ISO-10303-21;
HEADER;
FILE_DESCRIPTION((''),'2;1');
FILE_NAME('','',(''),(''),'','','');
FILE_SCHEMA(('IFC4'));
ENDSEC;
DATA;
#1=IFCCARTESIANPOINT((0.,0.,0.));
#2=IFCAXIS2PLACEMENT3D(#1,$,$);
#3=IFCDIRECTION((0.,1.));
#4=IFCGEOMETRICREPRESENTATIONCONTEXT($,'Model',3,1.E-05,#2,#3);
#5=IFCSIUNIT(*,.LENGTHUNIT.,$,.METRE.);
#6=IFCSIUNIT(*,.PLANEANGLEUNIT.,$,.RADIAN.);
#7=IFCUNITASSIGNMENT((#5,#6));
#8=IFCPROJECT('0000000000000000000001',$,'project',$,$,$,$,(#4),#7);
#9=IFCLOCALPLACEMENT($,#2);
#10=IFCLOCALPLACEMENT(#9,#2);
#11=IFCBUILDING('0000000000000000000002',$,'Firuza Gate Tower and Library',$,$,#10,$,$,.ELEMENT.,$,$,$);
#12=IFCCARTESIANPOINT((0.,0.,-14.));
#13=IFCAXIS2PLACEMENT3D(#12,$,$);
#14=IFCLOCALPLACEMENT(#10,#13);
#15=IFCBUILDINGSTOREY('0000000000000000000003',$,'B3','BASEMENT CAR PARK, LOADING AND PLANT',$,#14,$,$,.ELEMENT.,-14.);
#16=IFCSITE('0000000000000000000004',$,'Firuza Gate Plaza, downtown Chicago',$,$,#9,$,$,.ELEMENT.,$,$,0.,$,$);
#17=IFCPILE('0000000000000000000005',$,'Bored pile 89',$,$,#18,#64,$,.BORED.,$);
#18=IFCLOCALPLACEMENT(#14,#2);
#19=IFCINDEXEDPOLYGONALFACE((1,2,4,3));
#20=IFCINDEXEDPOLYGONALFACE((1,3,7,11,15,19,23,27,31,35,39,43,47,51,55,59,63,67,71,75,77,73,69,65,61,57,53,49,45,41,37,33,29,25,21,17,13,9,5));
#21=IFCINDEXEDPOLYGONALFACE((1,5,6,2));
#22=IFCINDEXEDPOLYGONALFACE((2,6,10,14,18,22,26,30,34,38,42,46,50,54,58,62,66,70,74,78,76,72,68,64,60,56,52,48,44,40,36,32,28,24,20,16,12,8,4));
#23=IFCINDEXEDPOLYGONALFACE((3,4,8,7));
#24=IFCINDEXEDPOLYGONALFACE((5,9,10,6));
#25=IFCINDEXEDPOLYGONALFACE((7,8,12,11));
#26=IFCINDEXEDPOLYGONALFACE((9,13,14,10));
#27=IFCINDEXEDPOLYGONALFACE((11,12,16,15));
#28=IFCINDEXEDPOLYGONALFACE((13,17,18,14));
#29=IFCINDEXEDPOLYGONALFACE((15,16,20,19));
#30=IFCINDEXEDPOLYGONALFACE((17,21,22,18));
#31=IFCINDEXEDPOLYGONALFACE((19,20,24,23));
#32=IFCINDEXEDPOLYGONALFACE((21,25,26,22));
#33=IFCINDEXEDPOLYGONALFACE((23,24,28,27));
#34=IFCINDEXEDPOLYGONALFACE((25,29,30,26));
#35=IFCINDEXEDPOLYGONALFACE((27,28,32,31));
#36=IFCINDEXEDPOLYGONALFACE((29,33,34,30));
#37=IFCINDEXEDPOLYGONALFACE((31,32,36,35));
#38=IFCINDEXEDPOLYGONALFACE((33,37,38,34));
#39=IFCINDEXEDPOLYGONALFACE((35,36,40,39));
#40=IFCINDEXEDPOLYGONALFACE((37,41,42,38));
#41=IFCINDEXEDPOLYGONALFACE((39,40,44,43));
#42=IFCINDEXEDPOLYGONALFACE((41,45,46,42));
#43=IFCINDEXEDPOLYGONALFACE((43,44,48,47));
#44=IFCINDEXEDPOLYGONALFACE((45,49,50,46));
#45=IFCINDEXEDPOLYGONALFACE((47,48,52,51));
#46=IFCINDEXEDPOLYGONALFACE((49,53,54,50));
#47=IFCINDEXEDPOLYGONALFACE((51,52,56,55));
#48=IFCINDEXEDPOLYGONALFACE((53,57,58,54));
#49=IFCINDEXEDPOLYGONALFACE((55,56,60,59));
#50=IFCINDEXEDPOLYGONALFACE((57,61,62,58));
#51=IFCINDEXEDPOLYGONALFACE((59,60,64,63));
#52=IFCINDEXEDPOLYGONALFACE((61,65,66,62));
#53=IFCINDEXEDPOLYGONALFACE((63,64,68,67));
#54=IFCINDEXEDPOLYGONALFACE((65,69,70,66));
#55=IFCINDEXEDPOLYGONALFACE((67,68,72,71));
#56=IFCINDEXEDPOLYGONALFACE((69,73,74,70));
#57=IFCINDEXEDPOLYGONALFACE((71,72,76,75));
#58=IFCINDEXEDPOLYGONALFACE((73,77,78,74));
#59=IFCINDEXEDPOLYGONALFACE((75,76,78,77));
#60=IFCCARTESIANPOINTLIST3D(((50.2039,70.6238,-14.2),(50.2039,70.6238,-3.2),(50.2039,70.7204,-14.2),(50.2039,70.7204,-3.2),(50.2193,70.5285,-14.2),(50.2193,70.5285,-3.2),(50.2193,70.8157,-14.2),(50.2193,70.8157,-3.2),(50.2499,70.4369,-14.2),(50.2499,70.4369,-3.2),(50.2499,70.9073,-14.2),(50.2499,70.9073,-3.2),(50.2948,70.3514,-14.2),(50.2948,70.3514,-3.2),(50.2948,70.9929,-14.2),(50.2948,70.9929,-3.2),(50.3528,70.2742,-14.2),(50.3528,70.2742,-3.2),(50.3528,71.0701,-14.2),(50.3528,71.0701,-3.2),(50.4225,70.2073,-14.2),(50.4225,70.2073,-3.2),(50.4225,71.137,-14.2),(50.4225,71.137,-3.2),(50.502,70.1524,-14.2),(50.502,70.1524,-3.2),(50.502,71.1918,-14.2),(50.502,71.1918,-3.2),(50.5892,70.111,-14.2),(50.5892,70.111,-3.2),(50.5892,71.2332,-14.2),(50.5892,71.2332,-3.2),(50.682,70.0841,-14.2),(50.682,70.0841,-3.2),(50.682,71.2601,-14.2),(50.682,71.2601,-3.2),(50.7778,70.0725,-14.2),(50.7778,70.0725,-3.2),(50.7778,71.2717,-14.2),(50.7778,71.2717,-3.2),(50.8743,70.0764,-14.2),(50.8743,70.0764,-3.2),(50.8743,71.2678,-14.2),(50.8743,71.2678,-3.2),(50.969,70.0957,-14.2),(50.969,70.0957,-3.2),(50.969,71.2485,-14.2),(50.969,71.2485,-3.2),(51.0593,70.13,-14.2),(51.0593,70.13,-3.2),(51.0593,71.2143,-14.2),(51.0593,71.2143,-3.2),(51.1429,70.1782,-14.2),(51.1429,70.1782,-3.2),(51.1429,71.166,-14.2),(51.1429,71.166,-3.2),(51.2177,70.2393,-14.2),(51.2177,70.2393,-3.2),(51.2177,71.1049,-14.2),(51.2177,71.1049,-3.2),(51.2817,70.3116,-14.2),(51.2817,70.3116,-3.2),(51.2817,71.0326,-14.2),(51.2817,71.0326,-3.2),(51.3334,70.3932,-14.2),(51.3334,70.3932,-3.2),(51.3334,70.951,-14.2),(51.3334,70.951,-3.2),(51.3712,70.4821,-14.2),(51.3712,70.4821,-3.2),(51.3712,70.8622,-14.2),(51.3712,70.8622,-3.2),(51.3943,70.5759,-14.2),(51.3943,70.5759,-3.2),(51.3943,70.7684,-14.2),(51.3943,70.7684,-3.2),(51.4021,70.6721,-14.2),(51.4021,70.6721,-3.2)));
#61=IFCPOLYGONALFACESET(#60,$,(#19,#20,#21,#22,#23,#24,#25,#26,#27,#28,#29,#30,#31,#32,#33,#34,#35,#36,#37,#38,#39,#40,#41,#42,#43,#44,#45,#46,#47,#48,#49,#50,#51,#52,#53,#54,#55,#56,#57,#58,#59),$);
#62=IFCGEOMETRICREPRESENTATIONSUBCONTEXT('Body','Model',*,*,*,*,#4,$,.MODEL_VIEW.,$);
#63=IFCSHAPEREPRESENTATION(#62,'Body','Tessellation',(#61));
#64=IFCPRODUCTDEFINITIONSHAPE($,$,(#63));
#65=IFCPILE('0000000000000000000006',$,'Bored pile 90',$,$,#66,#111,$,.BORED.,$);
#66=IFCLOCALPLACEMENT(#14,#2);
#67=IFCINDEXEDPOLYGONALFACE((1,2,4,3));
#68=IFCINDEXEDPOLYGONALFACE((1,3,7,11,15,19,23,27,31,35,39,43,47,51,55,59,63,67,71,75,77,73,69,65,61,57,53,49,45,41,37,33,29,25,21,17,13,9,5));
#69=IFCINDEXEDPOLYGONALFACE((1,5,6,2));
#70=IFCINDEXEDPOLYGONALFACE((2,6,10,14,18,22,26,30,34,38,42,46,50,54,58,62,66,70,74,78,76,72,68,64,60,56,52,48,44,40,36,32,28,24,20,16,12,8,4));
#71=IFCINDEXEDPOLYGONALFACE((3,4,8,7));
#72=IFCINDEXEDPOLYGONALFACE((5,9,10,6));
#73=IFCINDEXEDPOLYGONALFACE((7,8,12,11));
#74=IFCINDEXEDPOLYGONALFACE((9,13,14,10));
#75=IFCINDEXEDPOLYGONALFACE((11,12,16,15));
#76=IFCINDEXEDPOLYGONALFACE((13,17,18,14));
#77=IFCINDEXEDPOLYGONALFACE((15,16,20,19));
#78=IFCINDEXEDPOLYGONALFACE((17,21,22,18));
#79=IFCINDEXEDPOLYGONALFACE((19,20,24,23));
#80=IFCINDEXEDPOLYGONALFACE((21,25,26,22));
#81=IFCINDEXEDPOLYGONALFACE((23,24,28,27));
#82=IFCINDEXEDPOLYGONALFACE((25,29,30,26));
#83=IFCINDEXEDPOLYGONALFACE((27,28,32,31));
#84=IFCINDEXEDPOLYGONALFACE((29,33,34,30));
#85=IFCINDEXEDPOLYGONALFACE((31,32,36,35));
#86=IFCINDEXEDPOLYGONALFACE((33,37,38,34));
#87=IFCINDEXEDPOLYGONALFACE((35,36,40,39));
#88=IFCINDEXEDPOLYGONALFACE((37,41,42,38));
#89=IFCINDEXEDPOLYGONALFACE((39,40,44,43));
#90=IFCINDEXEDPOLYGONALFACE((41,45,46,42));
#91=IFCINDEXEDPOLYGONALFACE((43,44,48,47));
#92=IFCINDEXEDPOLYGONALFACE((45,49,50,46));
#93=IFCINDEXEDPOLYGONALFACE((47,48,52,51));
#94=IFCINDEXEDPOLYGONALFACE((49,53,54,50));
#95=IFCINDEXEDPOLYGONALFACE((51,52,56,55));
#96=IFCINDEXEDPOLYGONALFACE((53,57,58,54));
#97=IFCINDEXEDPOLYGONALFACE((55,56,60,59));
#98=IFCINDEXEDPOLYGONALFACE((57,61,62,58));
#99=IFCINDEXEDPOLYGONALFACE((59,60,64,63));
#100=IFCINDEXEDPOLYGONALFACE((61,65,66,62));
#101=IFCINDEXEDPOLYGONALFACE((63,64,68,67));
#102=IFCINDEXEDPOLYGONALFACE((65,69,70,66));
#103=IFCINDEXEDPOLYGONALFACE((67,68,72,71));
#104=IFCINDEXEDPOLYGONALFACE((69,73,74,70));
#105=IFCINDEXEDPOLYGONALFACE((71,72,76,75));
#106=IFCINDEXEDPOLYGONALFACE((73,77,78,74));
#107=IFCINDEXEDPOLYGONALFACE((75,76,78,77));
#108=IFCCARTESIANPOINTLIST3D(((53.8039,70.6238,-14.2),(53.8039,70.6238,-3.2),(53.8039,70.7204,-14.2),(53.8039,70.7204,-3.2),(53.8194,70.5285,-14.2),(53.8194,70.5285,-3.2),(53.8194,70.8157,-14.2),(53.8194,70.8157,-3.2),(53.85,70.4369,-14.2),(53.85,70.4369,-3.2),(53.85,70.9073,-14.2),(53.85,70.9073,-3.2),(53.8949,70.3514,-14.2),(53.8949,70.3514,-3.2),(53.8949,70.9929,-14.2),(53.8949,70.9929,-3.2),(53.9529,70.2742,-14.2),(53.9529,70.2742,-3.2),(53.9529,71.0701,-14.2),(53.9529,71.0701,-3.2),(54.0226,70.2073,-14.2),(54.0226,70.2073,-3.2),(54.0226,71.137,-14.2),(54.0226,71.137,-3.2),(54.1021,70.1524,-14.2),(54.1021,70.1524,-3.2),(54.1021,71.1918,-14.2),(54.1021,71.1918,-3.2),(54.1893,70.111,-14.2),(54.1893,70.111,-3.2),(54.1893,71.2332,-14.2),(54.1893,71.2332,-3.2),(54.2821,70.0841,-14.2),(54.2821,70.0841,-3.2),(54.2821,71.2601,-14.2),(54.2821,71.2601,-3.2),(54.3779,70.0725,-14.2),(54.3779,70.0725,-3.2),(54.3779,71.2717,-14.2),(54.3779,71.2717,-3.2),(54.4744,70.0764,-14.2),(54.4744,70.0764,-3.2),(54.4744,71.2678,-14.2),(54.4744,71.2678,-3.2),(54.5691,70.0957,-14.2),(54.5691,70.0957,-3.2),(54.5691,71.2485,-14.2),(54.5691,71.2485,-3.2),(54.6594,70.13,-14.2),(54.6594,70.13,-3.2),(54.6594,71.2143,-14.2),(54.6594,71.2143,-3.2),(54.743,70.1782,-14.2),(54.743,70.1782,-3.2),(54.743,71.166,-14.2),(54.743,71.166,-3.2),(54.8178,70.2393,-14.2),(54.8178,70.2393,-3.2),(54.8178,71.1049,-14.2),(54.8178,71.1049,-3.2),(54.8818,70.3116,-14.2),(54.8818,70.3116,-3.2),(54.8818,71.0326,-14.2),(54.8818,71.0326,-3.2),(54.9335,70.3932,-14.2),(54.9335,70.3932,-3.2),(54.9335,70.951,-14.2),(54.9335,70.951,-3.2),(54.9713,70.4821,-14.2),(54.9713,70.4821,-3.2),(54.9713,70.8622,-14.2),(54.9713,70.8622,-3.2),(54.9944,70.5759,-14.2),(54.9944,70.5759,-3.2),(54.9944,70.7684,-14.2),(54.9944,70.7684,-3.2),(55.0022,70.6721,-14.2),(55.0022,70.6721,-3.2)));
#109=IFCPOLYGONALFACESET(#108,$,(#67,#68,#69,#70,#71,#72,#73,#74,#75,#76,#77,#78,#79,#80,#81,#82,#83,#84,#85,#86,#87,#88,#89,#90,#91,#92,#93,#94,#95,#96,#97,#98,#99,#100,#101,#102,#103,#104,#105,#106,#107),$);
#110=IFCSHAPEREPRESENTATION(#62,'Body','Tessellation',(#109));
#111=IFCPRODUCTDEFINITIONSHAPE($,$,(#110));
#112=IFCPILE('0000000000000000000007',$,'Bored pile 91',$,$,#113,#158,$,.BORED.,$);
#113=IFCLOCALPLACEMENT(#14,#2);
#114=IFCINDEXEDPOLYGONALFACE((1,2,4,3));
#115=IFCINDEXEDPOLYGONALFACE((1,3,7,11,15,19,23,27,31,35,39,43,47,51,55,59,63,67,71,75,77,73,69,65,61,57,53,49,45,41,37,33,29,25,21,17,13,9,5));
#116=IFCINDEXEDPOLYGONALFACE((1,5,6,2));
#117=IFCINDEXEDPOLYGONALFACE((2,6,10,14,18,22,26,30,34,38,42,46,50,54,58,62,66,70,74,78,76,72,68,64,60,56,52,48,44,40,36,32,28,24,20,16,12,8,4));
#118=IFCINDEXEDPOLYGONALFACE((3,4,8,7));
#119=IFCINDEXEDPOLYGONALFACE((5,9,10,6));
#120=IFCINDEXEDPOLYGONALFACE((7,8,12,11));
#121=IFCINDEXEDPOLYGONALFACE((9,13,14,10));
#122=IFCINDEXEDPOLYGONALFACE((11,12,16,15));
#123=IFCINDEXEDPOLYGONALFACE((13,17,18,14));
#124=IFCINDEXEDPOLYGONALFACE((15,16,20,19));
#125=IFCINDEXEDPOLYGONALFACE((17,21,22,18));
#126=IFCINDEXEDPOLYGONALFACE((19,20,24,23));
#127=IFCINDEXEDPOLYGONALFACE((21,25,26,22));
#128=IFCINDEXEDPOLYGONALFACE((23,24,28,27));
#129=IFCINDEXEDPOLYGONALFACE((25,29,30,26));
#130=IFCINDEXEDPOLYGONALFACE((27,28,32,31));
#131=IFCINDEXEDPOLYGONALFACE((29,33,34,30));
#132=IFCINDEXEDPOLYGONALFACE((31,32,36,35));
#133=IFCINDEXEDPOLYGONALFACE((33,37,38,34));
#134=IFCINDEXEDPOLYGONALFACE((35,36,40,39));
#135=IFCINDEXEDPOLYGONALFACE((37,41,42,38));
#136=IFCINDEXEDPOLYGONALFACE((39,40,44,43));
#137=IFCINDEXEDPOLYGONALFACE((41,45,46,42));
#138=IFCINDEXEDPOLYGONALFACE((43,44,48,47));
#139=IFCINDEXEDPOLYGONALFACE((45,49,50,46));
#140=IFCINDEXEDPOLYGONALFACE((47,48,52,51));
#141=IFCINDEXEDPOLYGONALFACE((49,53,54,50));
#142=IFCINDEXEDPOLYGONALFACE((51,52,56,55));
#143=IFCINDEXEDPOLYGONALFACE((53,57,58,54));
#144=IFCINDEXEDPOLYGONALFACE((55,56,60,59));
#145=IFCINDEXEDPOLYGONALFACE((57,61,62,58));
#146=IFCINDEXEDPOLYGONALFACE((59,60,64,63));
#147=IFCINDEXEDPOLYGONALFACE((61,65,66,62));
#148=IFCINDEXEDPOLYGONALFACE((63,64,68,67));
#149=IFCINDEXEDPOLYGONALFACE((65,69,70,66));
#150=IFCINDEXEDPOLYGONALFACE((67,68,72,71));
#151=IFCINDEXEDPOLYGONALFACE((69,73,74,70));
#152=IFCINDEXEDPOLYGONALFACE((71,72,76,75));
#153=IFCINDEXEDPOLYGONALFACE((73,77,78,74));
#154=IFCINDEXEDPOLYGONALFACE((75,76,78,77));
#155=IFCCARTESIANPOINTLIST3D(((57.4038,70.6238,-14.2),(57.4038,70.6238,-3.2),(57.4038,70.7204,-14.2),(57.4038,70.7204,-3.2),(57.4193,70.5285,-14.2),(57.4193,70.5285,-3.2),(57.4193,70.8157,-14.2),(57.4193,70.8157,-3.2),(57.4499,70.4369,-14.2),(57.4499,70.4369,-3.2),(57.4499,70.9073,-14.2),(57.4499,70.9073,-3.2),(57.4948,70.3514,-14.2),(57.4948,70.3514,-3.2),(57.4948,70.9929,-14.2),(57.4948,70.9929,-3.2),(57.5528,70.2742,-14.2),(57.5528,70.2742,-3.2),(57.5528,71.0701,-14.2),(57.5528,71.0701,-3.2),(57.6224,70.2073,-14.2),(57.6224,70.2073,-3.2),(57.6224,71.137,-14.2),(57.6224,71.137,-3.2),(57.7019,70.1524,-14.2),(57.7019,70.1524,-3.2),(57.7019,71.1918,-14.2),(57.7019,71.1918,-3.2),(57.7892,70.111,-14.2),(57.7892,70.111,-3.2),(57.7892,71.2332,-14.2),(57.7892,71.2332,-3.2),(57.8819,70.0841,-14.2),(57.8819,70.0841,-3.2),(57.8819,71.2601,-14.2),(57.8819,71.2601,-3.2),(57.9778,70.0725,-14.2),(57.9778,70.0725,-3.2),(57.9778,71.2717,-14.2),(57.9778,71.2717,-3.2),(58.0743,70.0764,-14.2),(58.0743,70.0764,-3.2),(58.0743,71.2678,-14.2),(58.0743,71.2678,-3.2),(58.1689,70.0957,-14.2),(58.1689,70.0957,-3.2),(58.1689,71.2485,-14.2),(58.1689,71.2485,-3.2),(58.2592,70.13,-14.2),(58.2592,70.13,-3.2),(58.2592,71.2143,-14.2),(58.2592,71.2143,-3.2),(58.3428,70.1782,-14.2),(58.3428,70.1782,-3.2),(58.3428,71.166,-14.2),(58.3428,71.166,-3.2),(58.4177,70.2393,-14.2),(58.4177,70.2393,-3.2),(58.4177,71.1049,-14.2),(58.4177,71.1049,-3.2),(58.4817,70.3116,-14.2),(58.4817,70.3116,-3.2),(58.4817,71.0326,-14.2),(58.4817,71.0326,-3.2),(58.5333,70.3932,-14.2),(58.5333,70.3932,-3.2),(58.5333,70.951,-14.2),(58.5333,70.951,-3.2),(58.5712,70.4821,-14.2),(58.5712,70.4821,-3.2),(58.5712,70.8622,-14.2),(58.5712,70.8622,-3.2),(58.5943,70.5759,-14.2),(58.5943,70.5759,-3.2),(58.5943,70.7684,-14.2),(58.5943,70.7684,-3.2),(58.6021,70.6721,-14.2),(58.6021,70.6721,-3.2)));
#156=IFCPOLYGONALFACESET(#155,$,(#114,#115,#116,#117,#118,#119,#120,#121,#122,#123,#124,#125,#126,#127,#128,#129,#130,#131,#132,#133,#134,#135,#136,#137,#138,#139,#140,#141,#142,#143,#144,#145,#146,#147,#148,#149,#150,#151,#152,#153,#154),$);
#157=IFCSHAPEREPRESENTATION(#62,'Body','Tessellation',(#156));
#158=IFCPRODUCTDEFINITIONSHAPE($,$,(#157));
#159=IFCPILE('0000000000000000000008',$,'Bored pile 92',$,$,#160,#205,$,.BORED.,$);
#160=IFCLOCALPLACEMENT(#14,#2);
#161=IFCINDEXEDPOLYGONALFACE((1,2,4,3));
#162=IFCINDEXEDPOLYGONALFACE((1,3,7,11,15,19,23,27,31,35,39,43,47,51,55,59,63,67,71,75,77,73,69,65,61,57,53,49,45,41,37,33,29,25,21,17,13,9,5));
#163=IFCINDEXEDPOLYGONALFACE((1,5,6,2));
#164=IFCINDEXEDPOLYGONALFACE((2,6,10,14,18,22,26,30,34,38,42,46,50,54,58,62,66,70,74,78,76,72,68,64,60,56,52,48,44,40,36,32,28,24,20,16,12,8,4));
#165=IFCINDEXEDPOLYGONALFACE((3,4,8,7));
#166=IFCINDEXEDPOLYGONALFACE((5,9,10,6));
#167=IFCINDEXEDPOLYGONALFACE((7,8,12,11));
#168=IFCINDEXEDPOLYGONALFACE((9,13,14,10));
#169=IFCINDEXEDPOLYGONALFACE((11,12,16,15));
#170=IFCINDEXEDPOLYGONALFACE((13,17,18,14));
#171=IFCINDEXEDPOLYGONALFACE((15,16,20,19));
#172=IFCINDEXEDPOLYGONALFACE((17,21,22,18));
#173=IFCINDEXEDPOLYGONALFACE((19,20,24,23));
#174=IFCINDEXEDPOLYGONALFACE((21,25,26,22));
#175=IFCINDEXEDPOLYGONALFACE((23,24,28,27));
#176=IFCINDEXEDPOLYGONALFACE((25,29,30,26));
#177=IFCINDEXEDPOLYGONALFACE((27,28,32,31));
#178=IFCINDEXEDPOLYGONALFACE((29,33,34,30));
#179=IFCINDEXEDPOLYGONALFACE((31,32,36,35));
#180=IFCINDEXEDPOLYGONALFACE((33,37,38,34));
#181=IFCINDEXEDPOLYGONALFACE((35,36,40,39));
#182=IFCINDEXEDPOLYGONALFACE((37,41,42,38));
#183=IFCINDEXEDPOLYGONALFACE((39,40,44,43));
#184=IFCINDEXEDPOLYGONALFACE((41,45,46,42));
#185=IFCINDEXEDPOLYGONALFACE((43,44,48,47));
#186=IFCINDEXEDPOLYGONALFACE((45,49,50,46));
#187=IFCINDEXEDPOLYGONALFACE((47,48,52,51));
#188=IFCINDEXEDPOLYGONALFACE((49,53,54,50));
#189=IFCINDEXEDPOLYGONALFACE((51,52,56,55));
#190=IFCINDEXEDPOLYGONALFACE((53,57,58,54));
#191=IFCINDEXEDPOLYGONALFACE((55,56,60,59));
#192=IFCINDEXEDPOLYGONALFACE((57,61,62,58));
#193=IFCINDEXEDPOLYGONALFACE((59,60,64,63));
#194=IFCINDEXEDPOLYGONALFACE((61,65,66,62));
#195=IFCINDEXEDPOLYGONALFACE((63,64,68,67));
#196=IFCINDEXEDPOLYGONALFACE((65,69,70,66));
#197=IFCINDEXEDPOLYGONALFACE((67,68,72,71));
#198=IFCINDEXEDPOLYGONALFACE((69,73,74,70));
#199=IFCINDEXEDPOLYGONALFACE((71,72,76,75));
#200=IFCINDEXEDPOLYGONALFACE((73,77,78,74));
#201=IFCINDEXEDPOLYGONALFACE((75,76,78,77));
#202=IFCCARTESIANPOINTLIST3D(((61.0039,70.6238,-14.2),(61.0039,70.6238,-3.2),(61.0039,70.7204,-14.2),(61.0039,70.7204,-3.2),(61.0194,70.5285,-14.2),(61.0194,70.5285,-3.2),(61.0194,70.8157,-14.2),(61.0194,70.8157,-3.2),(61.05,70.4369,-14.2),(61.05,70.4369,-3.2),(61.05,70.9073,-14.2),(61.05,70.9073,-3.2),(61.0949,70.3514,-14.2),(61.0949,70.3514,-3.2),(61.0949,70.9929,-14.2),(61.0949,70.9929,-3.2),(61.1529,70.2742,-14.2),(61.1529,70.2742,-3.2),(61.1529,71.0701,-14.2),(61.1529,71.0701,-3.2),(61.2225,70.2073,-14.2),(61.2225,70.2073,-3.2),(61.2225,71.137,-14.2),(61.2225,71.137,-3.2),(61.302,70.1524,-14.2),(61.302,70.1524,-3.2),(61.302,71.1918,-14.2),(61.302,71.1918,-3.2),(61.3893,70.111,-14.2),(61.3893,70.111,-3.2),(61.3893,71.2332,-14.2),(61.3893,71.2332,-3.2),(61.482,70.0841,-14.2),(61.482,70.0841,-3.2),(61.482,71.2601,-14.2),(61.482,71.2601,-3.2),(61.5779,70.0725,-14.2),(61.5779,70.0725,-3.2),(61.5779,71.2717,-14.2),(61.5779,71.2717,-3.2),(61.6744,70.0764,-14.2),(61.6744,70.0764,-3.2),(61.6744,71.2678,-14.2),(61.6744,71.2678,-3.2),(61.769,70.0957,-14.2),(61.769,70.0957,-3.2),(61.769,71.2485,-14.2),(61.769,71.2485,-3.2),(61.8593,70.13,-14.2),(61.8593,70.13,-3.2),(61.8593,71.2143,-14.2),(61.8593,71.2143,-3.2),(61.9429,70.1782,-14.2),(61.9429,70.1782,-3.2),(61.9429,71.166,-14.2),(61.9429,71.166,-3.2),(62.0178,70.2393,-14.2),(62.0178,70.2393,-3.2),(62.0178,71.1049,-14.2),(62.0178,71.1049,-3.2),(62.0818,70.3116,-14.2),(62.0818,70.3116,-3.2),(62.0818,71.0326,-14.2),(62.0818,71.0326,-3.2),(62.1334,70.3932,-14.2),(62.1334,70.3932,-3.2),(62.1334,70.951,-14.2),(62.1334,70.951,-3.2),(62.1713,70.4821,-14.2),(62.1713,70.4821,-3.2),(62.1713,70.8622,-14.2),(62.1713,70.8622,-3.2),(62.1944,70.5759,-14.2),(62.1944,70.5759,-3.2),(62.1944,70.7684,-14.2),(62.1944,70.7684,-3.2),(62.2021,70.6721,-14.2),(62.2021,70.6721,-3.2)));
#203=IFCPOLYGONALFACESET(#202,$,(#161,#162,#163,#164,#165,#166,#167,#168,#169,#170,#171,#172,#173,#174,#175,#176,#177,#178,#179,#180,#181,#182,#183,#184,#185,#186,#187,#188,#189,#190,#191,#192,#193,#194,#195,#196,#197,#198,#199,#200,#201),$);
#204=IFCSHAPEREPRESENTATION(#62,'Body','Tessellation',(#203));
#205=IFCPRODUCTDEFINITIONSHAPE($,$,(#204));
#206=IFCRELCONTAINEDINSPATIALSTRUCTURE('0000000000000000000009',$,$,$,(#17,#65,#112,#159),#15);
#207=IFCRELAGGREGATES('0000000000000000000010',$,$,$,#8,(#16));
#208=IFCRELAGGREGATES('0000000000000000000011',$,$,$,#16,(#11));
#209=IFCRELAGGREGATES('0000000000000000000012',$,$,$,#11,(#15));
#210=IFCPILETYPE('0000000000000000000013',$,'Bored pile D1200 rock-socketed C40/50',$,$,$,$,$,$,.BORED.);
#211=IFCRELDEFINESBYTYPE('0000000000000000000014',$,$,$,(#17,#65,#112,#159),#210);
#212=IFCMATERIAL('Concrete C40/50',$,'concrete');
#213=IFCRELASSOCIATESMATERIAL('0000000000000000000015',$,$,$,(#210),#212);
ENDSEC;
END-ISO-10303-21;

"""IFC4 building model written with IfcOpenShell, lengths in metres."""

from ifc_helpers import new_model, si_unit, direction, frame, origin, origin_2d, place, context, subcontext, project, spatial, circle, extrude, material, material_profile, profile_set, type_object, element, save


model = new_model("IFC4")

# Units and contexts
model_context = context("Model", 3, precision=1e-05, world=origin(), true_north=direction((0.0, 1.0)))
body_context = subcontext(model_context, "Body", "Model", "MODEL_VIEW")
ifc_project = project(units=[si_unit("LENGTHUNIT", "METRE"), si_unit("PLANEANGLEUNIT", "RADIAN")], contexts=[model_context])

# Site, building, storey
site_placement = place(None, origin())
site = spatial("IfcSite", under=ifc_project, at=site_placement, Name="Firuza Gate Plaza, downtown Chicago", CompositionType="ELEMENT", RefElevation=0.0)
building_placement = place(site_placement, origin())
building = spatial("IfcBuilding", under=site, at=building_placement, Name="Firuza Gate Tower and Library", CompositionType="ELEMENT")
storey_placement = place(building_placement, frame((0.0, 0.0, -14.0)))
storey = spatial("IfcBuildingStorey", under=building, at=storey_placement, Name="B3", Description="BASEMENT CAR PARK, LOADING AND PLANT", CompositionType="ELEMENT", Elevation=-14.0)

# Piles
ifc_material_1 = material(Name="Concrete C40/50", Category="concrete")
ifc_material_profile_1 = material_profile(ifc_material_1, circle(Radius=0.6001, at=origin_2d()))
ifc_profile_set_1 = profile_set([ifc_material_profile_1], Name="Concrete C40/50")
pile_type = type_object("IfcPileType", Name="Bored pile D1200 rock-socketed C40/50", PredefinedType="BORED", material=ifc_profile_set_1)
for number, where, z_axis, x_axis, name in (
    (1, (50.802, 70.6721, -3.2), (0.0, 0.0, -1.0), (1.0, 0.0, 0.0), "Bored pile 89"),
    (2, (54.4021, 70.6721, -3.2), (0.0, 0.0, -1.0), (1.0, 0.0, 0.0), "Bored pile 90"),
    (3, (58.002, 70.6721, -3.2), (0.0, 0.0, -1.0), (1.0, 0.0, 0.0), "Bored pile 91"),
    (4, (61.6021, 70.6721, -3.2), (0.0, 0.0, -1.0), (1.0, 0.0, 0.0), "Bored pile 92"),
):
    element("IfcPile", number, at=place(storey_placement, frame(where, z_axis=z_axis, x_axis=x_axis)), inside=storey, type_object=pile_type, Name=name, PredefinedType="BORED", context=body_context, shape_type="SweptSolid", body=[
        extrude(circle(Radius=0.6001, at=origin_2d()), origin(), (0.0, 0.0, 1.0), 11.0),
    ])

save(model, "model.ifc")
